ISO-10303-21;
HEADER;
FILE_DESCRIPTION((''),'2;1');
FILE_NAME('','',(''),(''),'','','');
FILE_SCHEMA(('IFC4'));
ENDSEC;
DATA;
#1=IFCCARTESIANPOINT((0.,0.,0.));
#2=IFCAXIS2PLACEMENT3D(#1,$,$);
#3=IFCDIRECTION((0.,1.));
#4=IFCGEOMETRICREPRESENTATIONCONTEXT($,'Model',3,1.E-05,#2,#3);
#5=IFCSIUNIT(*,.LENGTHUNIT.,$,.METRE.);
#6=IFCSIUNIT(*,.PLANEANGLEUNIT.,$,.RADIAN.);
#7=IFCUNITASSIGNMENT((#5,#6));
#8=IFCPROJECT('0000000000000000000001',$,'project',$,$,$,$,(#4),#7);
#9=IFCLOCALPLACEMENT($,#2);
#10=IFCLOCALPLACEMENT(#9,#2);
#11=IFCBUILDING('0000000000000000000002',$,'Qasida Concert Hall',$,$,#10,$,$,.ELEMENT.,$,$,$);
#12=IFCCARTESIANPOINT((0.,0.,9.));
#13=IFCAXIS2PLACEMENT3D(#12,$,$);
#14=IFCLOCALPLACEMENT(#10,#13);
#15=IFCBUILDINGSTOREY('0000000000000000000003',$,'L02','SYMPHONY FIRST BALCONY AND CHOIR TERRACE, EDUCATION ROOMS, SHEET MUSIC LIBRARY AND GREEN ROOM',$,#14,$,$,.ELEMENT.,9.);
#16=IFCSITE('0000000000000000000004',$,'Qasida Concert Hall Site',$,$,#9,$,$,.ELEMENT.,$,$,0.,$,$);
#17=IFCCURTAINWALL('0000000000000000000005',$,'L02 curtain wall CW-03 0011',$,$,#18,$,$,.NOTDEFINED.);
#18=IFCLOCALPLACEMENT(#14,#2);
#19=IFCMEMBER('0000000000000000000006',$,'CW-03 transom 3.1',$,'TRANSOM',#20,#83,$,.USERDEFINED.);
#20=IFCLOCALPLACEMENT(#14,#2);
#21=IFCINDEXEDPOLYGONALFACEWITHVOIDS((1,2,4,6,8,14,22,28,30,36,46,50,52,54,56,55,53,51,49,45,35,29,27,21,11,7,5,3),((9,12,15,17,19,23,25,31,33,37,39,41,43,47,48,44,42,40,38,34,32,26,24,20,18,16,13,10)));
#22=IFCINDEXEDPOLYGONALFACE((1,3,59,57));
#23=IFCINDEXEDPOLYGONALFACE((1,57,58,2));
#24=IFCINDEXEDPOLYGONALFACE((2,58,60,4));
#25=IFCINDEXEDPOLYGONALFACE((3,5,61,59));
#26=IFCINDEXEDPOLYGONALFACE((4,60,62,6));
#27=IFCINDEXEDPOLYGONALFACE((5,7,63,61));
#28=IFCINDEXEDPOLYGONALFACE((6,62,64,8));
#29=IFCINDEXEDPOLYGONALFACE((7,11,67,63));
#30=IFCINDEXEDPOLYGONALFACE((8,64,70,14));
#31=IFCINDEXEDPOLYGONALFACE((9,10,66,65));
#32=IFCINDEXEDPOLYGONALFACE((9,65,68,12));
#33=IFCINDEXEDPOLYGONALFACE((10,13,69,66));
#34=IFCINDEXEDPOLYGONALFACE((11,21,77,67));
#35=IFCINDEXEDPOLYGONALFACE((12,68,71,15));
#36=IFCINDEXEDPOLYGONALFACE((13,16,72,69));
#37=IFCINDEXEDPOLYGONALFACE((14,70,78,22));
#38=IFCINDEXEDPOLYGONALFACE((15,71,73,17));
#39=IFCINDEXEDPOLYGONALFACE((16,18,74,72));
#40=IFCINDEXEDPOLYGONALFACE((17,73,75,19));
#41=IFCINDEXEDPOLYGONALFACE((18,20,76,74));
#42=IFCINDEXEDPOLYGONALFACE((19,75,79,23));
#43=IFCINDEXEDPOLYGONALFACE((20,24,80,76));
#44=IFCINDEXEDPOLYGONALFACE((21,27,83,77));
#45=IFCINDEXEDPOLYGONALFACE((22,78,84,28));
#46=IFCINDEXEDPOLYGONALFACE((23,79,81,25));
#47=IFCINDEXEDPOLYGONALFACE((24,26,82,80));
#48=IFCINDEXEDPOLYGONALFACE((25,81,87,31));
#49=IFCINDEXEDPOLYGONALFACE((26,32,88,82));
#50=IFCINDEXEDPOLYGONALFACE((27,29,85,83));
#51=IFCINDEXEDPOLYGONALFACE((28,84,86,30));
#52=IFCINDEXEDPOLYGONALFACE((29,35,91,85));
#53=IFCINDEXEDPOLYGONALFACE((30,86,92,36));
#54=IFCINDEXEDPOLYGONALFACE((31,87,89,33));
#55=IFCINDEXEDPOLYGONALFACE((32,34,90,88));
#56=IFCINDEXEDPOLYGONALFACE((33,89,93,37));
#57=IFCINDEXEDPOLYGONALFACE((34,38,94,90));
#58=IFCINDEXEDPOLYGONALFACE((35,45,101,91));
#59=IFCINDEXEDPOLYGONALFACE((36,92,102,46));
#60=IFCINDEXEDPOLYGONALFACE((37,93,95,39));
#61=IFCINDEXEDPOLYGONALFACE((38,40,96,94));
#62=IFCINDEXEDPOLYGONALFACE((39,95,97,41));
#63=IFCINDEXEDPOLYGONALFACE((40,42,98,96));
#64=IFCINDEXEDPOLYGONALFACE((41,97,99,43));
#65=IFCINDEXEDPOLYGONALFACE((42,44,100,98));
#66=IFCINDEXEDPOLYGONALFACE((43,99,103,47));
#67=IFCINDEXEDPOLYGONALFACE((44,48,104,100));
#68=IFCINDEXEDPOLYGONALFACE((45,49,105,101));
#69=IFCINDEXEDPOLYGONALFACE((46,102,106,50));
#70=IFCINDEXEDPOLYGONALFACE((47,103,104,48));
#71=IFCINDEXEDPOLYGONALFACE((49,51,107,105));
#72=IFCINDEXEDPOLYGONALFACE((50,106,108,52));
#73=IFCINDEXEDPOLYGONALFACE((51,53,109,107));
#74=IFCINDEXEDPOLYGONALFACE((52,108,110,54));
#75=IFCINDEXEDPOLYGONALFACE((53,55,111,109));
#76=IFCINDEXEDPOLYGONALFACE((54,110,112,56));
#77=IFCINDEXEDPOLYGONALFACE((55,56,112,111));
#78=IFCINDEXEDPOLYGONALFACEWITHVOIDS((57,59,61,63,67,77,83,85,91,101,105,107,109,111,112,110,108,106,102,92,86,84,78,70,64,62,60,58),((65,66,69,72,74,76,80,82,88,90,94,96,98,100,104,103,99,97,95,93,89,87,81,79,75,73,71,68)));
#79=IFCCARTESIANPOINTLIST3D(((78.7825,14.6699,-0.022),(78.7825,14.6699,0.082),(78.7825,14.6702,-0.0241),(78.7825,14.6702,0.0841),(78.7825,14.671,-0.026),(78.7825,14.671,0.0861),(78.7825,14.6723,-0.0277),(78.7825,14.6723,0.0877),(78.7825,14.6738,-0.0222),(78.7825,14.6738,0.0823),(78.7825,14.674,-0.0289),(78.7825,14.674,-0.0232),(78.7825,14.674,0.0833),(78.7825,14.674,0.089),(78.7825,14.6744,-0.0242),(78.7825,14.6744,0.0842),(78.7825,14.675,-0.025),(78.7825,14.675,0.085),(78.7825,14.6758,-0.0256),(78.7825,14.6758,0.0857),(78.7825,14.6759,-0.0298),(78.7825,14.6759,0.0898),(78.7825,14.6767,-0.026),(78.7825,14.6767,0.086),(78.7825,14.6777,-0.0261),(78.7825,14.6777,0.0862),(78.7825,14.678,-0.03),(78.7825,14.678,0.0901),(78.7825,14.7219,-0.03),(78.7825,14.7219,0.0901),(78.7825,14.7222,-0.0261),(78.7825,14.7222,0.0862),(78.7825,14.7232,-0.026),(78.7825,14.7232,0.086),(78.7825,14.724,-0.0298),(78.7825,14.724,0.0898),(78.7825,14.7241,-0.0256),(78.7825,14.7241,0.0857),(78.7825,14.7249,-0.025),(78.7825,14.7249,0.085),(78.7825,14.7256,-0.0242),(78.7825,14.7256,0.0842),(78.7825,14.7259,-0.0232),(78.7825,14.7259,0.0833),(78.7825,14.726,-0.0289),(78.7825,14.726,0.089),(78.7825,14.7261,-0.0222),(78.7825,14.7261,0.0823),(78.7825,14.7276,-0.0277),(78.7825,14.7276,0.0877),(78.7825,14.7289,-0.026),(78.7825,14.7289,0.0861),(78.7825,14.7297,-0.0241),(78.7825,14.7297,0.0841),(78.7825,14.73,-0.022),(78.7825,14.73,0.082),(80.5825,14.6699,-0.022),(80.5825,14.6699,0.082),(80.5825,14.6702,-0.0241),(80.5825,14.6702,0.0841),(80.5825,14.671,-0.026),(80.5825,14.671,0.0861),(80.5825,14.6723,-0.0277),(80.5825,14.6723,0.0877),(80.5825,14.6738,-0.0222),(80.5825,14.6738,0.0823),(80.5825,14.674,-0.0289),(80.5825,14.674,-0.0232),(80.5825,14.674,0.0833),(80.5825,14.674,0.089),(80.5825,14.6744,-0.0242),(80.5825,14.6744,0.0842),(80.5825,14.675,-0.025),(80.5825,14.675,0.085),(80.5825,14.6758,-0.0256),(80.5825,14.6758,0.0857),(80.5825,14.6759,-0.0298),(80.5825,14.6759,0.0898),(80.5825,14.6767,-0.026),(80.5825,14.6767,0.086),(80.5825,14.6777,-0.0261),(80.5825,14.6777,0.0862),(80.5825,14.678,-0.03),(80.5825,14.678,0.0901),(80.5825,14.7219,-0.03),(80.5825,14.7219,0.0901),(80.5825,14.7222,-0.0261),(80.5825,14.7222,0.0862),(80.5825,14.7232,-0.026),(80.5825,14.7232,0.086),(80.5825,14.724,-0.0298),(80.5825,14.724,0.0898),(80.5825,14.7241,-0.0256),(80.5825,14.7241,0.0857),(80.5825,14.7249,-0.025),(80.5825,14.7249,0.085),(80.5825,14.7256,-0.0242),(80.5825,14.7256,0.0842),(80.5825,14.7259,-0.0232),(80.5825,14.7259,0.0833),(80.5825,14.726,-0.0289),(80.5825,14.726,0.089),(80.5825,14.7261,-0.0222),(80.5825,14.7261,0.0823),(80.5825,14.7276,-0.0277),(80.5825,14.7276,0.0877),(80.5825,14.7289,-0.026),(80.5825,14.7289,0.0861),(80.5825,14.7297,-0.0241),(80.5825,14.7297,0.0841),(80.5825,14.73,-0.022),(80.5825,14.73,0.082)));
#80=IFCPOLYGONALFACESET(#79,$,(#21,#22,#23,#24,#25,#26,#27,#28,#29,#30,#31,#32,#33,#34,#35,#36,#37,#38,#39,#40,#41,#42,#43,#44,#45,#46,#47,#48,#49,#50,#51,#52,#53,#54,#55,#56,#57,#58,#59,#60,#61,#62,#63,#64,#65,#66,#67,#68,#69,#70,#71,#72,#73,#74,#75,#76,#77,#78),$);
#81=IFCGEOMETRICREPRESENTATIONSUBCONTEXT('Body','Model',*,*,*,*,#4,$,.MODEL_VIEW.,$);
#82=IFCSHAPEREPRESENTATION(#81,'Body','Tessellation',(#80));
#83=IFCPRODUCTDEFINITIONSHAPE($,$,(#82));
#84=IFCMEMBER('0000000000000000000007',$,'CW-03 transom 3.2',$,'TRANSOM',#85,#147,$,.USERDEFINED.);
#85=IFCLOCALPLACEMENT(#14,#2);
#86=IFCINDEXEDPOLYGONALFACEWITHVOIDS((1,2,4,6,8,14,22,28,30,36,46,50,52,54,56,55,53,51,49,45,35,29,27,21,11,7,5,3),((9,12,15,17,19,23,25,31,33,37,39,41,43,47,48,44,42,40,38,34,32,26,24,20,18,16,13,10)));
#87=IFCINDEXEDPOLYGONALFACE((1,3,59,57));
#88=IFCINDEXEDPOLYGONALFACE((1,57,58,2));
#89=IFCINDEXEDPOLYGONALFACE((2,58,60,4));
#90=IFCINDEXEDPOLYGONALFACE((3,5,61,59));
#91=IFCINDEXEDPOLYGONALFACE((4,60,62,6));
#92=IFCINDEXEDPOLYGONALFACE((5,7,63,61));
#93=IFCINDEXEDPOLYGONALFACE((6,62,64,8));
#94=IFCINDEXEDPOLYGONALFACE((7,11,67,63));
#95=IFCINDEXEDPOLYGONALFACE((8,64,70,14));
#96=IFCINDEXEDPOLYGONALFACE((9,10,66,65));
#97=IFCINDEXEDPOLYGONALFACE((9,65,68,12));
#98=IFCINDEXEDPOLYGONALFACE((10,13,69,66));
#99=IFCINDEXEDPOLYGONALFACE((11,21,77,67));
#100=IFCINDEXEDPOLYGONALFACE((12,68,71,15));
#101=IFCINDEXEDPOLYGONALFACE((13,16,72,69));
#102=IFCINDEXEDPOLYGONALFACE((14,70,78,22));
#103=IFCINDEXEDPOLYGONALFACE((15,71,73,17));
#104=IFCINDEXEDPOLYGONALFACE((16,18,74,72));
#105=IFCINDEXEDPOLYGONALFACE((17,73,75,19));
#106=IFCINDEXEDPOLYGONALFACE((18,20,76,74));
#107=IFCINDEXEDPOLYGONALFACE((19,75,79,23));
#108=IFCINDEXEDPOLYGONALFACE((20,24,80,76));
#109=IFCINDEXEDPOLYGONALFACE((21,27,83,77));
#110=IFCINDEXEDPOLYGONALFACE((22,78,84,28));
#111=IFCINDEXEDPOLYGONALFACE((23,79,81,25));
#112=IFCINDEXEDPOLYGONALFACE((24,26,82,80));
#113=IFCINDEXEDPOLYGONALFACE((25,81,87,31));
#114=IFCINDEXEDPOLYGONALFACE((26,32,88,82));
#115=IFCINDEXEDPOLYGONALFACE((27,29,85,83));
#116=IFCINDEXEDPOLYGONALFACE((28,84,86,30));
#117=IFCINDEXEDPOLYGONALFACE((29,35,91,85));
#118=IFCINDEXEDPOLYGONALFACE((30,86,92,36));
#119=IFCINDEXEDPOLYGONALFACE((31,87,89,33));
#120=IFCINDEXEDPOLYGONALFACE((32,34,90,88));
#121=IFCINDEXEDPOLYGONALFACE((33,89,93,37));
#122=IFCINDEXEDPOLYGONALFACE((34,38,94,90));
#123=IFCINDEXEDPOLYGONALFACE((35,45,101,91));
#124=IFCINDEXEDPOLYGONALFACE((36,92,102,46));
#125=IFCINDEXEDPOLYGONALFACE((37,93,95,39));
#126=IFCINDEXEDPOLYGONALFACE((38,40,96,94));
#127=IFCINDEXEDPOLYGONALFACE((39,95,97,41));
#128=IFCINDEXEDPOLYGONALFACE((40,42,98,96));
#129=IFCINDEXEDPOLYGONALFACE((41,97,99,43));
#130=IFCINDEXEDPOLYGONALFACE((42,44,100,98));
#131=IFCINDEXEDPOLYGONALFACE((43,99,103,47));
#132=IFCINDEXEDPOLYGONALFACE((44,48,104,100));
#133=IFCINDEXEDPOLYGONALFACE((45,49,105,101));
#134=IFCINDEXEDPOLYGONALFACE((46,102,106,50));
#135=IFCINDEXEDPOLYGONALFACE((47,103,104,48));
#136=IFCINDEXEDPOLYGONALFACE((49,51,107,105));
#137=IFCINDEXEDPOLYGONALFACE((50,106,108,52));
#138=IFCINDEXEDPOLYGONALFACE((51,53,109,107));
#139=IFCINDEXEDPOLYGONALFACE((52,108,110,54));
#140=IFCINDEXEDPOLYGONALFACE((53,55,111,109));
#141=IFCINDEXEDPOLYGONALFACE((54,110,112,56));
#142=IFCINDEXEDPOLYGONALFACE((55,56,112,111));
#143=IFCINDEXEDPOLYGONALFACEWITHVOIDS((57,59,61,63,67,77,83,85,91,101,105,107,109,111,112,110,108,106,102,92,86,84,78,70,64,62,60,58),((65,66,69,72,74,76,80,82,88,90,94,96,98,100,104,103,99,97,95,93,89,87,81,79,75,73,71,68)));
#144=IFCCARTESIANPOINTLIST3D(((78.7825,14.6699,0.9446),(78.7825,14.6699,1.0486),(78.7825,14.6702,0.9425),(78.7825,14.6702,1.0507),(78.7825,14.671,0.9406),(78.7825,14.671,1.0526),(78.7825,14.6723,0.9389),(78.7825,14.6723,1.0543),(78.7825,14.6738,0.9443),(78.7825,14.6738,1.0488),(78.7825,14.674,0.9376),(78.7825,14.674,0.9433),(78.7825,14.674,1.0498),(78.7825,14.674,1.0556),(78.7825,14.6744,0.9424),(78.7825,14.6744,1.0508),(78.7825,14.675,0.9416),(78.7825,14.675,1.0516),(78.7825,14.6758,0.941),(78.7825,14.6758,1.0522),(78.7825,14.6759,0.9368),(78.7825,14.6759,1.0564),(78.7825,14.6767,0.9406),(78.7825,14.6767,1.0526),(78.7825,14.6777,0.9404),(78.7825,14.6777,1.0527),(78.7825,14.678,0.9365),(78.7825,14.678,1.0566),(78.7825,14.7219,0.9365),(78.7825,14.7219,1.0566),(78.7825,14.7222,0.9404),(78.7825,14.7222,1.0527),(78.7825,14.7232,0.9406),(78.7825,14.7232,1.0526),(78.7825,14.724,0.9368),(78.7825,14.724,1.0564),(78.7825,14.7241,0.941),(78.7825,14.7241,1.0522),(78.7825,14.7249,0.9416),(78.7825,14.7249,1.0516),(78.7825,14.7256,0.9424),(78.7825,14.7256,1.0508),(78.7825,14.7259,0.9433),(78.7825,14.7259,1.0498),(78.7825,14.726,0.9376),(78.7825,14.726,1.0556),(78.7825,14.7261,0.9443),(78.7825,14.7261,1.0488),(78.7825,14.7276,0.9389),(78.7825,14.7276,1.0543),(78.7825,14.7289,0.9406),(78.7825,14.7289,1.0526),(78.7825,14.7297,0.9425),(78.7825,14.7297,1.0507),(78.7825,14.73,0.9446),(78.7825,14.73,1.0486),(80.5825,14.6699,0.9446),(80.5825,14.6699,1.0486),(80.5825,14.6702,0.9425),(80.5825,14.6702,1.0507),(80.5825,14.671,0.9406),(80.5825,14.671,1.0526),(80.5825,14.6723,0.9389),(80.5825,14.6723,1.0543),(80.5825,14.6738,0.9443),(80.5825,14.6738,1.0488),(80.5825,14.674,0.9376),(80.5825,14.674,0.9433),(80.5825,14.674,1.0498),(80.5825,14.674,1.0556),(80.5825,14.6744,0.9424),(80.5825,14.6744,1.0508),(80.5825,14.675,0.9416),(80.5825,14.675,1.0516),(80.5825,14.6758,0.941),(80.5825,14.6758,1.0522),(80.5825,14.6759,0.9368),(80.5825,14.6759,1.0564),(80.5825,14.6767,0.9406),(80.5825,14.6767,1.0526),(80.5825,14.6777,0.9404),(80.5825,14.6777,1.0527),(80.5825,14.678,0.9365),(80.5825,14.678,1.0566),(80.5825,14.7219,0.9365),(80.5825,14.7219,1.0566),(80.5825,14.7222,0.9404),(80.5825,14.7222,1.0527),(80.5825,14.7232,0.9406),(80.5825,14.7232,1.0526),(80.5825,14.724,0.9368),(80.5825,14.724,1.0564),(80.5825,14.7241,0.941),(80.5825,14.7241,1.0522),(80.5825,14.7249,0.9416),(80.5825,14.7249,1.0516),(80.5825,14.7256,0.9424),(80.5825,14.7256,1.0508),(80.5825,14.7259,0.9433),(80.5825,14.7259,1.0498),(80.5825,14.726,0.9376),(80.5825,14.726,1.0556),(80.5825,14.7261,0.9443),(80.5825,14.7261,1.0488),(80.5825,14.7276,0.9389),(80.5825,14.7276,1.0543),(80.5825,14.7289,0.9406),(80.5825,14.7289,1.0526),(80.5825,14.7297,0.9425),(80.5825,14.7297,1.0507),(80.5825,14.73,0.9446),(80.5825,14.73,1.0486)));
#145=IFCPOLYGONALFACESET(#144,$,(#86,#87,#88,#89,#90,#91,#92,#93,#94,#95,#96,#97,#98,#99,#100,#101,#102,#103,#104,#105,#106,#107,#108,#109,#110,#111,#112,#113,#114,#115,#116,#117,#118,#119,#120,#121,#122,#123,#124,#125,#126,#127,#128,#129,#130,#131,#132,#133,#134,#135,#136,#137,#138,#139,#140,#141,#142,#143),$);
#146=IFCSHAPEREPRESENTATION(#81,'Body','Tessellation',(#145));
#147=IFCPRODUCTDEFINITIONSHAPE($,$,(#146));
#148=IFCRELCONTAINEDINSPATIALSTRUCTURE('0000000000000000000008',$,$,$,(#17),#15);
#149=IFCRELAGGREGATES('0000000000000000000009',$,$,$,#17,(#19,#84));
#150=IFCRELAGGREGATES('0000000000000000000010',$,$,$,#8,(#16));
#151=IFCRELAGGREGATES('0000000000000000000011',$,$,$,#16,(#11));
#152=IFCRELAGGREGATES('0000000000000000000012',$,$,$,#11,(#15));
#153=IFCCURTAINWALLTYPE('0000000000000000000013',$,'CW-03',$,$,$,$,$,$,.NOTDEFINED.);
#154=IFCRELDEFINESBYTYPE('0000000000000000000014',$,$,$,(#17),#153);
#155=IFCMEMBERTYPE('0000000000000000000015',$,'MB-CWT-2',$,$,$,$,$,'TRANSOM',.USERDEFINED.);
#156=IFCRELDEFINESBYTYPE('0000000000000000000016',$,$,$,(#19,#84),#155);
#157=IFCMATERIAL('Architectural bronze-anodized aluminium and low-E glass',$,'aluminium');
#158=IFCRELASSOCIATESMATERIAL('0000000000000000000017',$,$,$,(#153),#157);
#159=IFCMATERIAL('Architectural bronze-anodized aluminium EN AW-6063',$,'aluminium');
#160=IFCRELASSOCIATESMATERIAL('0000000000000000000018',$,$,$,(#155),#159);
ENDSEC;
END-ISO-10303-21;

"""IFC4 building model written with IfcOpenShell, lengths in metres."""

from ifc_helpers import new_model, si_unit, direction, frame, origin, origin_2d, place, context, subcontext, project, spatial, hollow_rectangle, extrude, material, material_profile, profile_set, type_object, element, aggregate, save


model = new_model("IFC4")

# Units and contexts
model_context = context("Model", 3, precision=1e-05, world=origin(), true_north=direction((0.0, 1.0)))
body_context = subcontext(model_context, "Body", "Model", "MODEL_VIEW")
ifc_project = project(units=[si_unit("LENGTHUNIT", "METRE"), si_unit("PLANEANGLEUNIT", "RADIAN")], contexts=[model_context])

# Site, building, storey
site_placement = place(None, origin())
site = spatial("IfcSite", under=ifc_project, at=site_placement, Name="Qasida Concert Hall Site", CompositionType="ELEMENT", RefElevation=0.0)
building_placement = place(site_placement, origin())
building = spatial("IfcBuilding", under=site, at=building_placement, Name="Qasida Concert Hall", CompositionType="ELEMENT")
storey_placement = place(building_placement, frame((0.0, 0.0, 9.0)))
storey = spatial("IfcBuildingStorey", under=building, at=storey_placement, Name="L02", Description="SYMPHONY FIRST BALCONY AND CHOIR TERRACE, EDUCATION ROOMS, SHEET MUSIC LIBRARY AND GREEN ROOM", CompositionType="ELEMENT", Elevation=9.0)

# Curtain wall, members
ifc_material_1 = material(Name="Architectural bronze-anodized aluminium and low-E glass", Category="aluminium")
curtain_wall_type = type_object("IfcCurtainWallType", Name="CW-03", PredefinedType="NOTDEFINED", material=ifc_material_1)
curtain_wall_placement = place(storey_placement, origin())
curtain_wall = element("IfcCurtainWall", 1, at=curtain_wall_placement, inside=storey, type_object=curtain_wall_type, Name="L02 curtain wall CW-03 0011", PredefinedType="NOTDEFINED")
ifc_material_2 = material(Name="Architectural bronze-anodized aluminium EN AW-6063", Category="aluminium")
ifc_material_profile_1 = material_profile(ifc_material_2, hollow_rectangle(XDim=0.0601, YDim=0.1201, WallThickness=0.0039, InnerFilletRadius=0.0039, OuterFilletRadius=0.0081, at=origin_2d()), Name="CWT 120x60x4")
ifc_profile_set_1 = profile_set([ifc_material_profile_1], Name="Architectural bronze-anodized aluminium EN AW-6063")
member_type_1 = type_object("IfcMemberType", Name="MB-CWT-2", ElementType="TRANSOM", PredefinedType="USERDEFINED", material=ifc_profile_set_1)
member_1_placement = place(storey_placement, frame((78.7825, 14.7, 0.03), z_axis=(1.0, 0.0, 0.0), x_axis=(0.0, 1.0, 0.0)))
member_1 = element("IfcMember", 2, at=member_1_placement, type_object=member_type_1, Name="CW-03 transom 3.1", ObjectType="TRANSOM", PredefinedType="USERDEFINED", context=body_context, shape_type="SweptSolid", body=[
    extrude(hollow_rectangle(XDim=0.0601, YDim=0.1201, WallThickness=0.0039, InnerFilletRadius=0.0039, OuterFilletRadius=0.0081, at=origin_2d()), origin(), (0.0, 0.0, 1.0), 1.8),
])
member_2_placement = place(storey_placement, frame((78.7825, 14.7, 0.9966), z_axis=(1.0, 0.0, 0.0), x_axis=(0.0, 1.0, 0.0)))
member_2 = element("IfcMember", 3, at=member_2_placement, type_object=member_type_1, Name="CW-03 transom 3.2", ObjectType="TRANSOM", PredefinedType="USERDEFINED", context=body_context, shape_type="SweptSolid", body=[
    extrude(hollow_rectangle(XDim=0.0601, YDim=0.1201, WallThickness=0.0039, InnerFilletRadius=0.0039, OuterFilletRadius=0.0081, at=origin_2d()), origin(), (0.0, 0.0, 1.0), 1.8),
])
aggregate(curtain_wall, [member_1, member_2])

save(model, "model.ifc")
